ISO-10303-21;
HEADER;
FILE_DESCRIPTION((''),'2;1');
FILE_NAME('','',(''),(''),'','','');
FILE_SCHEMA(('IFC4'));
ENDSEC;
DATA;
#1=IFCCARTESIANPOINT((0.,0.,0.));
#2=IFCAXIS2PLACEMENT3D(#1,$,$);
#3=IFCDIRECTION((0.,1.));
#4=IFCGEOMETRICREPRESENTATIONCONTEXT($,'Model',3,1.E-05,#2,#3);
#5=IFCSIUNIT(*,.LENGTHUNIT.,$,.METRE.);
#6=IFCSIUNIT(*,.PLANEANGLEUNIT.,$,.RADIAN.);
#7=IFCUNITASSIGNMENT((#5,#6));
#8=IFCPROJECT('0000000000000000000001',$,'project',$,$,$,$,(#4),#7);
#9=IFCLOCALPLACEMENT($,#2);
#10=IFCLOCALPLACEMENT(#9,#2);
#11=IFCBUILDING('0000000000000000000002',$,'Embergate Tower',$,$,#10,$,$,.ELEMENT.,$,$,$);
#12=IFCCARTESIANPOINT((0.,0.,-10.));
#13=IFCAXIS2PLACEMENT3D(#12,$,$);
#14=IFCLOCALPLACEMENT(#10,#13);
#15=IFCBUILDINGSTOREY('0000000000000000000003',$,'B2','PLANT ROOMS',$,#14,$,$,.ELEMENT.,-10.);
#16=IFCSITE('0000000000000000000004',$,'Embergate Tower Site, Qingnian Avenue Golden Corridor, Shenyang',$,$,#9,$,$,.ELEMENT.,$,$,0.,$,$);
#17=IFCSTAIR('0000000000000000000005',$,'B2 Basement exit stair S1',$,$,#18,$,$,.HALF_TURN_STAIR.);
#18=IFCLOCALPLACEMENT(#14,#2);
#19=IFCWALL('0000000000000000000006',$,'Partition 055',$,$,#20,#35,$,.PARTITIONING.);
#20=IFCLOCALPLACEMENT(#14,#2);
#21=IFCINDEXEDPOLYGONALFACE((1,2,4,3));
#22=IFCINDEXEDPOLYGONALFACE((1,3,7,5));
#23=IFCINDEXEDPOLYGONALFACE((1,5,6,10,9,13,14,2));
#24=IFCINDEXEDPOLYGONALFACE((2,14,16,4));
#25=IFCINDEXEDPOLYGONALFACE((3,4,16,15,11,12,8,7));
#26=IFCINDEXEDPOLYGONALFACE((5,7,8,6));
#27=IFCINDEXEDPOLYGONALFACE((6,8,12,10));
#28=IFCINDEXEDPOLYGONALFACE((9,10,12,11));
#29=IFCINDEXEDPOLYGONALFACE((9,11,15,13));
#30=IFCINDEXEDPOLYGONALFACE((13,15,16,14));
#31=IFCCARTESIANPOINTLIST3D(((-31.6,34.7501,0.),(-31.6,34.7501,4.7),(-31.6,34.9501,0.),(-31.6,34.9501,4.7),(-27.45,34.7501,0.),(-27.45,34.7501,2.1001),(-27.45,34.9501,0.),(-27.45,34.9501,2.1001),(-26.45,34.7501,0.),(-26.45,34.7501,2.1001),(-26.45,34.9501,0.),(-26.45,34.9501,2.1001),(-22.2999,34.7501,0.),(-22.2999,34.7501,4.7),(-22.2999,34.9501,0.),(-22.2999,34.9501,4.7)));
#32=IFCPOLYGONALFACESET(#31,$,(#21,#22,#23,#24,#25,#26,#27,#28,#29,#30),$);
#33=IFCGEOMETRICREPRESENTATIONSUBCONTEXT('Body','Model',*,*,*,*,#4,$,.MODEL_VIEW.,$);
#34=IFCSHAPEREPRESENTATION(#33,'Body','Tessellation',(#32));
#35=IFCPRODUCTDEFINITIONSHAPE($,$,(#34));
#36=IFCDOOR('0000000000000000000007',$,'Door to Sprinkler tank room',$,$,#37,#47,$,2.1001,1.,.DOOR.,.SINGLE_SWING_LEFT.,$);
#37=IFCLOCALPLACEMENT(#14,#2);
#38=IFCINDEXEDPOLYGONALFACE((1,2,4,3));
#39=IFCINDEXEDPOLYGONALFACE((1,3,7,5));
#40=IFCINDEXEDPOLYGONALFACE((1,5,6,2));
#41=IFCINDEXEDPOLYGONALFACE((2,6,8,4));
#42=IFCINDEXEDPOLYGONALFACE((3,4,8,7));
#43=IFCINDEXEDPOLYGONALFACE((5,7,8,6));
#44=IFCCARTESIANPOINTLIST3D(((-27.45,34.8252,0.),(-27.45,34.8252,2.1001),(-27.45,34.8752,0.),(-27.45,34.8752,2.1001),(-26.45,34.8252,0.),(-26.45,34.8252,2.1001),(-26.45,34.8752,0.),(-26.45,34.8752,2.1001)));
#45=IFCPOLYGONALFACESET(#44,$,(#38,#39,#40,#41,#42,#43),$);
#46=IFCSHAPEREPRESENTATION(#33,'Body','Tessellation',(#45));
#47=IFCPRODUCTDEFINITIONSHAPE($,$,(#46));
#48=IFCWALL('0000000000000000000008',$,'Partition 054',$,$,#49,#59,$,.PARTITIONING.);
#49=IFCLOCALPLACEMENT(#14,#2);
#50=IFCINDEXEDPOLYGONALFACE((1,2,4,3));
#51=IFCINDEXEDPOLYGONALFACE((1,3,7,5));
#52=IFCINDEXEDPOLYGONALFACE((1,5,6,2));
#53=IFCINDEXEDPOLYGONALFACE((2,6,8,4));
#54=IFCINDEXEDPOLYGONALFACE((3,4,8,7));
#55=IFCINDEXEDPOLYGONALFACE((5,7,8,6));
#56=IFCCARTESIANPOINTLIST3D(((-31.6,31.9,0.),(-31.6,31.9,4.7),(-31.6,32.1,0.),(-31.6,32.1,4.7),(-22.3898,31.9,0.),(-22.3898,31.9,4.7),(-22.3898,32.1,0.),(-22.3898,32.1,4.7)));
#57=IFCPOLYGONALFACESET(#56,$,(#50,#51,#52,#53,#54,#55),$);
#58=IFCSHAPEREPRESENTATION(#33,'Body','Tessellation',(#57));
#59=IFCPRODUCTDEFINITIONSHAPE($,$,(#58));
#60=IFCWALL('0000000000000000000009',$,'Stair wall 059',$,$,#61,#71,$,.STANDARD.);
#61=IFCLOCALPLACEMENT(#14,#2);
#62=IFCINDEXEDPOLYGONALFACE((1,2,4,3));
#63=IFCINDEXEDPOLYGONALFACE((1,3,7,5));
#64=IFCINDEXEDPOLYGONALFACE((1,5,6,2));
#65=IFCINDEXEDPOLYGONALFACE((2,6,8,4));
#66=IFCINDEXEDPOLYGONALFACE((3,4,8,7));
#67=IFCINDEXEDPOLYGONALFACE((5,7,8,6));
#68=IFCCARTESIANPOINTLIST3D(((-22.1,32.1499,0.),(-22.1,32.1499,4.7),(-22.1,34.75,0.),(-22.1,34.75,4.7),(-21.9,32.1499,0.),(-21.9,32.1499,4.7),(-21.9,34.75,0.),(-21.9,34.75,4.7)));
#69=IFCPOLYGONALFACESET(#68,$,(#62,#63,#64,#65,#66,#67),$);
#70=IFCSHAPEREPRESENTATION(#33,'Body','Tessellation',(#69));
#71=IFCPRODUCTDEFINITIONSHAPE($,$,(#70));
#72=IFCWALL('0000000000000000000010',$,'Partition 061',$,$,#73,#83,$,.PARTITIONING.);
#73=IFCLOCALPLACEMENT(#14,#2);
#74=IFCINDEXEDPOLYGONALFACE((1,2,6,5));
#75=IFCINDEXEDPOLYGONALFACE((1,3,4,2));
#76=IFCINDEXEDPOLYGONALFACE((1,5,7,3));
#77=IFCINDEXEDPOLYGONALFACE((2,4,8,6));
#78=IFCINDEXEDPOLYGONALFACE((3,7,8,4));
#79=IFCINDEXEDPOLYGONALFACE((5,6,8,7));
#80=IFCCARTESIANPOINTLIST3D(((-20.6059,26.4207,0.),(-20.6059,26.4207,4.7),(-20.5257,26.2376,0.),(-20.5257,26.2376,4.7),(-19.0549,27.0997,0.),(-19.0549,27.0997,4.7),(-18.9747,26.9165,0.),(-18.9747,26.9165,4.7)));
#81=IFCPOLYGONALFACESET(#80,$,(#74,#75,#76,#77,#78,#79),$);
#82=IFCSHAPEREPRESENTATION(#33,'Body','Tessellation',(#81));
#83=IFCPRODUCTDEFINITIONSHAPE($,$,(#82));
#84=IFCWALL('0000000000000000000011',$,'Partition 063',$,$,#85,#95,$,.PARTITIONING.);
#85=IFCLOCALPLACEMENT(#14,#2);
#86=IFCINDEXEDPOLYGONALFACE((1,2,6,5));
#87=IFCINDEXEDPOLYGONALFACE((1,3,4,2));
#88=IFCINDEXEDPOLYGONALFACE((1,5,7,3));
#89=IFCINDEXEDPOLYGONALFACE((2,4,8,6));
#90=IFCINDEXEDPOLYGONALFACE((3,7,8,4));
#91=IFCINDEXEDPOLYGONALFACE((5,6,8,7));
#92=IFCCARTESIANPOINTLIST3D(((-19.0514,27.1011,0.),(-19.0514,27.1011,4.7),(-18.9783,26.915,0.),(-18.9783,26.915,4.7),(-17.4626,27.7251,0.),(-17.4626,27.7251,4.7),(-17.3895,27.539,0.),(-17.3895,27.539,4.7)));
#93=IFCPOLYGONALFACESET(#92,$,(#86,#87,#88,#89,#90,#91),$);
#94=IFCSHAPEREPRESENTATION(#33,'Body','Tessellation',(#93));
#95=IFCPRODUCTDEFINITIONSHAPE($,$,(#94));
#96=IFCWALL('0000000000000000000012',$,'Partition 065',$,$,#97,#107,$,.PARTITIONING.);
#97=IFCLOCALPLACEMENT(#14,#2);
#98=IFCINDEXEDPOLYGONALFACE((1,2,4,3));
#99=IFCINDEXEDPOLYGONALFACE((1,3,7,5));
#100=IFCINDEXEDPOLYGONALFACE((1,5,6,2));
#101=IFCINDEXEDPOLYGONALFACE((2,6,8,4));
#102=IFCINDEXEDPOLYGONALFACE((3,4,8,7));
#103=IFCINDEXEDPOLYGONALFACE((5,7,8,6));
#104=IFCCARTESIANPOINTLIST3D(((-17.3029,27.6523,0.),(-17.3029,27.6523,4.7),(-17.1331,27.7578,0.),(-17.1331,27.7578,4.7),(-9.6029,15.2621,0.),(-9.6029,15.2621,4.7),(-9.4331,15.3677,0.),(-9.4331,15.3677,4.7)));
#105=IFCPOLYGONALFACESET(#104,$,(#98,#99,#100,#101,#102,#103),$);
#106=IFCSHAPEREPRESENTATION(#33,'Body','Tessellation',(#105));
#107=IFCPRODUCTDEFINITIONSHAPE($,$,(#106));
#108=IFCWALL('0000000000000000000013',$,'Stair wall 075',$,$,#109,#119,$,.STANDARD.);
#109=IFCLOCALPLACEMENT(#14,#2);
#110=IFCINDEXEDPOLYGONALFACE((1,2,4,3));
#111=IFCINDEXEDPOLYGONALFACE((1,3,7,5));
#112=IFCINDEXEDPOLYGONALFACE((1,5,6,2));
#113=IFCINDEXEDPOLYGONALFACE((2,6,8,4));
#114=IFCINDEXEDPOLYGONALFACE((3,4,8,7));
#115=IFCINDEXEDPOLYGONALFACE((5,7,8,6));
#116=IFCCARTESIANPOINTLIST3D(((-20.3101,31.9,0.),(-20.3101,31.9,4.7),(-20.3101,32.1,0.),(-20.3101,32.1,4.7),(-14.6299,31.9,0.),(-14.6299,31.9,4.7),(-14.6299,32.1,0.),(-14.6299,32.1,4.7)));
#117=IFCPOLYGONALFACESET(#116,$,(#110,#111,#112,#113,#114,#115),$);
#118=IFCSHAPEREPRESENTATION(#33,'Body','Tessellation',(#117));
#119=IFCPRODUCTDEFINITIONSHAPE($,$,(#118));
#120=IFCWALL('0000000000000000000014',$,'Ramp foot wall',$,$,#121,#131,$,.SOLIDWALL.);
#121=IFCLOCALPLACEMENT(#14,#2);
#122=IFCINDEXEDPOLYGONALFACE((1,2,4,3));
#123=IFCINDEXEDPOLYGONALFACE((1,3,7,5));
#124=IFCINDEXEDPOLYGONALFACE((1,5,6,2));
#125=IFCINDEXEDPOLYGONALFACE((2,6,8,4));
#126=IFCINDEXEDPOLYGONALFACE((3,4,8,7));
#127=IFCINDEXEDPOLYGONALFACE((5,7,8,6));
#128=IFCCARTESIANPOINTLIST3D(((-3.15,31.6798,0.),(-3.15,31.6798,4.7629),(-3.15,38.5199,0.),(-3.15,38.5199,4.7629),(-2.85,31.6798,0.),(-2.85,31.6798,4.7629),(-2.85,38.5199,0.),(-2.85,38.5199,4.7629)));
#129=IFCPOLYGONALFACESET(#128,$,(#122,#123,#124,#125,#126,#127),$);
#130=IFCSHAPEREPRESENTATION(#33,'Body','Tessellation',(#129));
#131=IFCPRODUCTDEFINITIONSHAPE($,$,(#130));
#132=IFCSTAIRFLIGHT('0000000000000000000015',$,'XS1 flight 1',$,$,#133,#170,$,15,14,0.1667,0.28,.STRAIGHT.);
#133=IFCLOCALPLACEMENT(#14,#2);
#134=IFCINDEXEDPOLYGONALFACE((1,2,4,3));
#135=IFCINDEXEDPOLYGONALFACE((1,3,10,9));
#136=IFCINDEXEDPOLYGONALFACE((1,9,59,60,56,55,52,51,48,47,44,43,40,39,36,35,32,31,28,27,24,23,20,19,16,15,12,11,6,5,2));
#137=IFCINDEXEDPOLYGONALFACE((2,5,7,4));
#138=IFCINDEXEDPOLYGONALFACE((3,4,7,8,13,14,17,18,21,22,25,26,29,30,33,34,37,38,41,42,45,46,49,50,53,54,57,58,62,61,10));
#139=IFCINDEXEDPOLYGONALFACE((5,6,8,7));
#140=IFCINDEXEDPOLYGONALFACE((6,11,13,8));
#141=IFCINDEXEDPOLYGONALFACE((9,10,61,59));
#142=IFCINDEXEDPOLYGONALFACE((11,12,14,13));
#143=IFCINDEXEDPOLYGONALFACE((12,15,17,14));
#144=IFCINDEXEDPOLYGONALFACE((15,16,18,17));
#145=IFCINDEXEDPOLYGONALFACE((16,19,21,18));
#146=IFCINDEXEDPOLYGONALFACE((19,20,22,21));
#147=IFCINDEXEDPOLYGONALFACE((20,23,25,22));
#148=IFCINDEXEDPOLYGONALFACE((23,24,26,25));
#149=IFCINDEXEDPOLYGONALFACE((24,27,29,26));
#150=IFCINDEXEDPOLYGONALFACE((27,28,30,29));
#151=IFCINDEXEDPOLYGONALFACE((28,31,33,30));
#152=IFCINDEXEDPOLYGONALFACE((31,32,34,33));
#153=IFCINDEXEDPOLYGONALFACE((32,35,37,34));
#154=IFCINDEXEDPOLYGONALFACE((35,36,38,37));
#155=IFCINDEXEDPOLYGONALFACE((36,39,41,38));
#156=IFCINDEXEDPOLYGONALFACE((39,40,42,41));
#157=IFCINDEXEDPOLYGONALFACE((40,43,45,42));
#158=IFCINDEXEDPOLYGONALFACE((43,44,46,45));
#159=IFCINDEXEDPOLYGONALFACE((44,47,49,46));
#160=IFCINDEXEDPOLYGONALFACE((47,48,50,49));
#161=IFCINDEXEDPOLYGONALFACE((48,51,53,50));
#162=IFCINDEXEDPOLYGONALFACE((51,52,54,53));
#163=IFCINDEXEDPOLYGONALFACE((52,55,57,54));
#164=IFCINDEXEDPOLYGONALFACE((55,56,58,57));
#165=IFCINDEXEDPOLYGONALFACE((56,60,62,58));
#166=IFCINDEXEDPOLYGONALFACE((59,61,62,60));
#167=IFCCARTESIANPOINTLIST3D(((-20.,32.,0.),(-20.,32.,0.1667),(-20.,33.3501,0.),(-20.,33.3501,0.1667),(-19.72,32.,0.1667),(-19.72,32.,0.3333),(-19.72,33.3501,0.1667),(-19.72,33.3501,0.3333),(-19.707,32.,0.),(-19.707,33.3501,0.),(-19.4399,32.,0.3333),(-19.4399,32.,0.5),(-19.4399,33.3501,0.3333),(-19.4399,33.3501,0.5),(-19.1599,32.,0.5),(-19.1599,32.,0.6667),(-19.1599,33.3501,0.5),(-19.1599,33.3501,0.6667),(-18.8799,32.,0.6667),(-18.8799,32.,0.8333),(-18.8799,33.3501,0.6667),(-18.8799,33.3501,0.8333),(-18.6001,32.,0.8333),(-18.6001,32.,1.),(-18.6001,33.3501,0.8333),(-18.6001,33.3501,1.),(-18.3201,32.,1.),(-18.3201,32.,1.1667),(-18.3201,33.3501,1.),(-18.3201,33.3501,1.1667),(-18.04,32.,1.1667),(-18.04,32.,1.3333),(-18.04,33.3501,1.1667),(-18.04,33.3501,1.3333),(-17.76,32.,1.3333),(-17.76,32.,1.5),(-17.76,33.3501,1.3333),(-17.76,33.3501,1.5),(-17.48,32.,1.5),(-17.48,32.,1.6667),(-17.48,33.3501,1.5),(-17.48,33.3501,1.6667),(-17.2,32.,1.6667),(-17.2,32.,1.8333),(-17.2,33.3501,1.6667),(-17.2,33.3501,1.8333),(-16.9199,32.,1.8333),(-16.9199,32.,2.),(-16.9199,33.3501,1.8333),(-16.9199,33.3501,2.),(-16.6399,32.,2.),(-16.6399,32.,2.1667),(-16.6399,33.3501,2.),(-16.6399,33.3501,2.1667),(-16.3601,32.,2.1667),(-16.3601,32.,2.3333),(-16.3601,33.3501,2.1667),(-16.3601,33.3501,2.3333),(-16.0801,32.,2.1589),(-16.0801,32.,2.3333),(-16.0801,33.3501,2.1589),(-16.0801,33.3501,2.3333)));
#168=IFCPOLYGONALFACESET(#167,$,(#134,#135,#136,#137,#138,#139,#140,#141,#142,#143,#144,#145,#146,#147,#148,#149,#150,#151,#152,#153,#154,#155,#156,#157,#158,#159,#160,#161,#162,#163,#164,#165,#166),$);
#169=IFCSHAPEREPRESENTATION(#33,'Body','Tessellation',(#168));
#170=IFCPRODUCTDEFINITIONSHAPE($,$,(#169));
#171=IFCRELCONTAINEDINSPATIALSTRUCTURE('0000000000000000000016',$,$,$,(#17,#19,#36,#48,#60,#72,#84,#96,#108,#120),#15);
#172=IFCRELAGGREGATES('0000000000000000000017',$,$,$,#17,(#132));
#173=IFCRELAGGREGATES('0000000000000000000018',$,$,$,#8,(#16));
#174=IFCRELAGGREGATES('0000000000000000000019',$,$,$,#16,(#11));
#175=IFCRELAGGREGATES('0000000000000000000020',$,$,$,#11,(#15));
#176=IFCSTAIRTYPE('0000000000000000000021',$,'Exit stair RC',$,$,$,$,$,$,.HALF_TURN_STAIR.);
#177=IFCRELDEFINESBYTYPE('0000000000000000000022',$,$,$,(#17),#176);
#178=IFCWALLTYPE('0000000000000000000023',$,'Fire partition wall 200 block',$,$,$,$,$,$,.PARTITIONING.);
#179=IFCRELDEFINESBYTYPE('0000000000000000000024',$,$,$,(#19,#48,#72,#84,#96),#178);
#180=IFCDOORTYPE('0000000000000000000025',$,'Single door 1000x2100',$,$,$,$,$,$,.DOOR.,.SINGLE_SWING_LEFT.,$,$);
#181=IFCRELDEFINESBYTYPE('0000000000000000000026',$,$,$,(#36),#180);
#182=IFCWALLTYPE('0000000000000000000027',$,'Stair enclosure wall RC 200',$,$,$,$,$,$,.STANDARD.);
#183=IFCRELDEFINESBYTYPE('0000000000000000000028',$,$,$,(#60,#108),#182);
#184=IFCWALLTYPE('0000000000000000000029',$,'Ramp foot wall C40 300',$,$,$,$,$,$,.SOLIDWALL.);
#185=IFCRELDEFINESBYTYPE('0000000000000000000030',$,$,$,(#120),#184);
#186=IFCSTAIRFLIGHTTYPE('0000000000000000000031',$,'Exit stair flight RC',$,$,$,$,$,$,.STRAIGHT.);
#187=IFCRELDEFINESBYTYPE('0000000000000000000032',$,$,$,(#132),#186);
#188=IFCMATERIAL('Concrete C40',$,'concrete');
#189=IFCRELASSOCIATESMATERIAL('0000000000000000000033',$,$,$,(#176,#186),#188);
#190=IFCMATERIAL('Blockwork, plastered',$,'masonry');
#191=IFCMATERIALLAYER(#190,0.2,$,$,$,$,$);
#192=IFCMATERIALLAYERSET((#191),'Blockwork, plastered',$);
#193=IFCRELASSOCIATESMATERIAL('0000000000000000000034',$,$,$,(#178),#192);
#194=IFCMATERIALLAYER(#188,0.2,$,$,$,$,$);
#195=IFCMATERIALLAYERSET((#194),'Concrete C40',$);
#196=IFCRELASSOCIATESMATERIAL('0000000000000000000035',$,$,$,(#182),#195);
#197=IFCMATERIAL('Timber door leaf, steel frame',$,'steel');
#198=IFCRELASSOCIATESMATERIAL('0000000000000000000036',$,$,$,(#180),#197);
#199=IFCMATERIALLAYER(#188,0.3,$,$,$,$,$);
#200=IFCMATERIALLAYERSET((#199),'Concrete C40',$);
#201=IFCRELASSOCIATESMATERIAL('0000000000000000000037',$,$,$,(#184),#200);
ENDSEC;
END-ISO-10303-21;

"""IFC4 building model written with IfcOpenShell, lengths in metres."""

from ifc_helpers import new_model, si_unit, direction, frame, frame_2d, origin, place, context, subcontext, project, spatial, polyline, rectangle, outline, extrude, source, transform, mapped, material, layer, layer_set, type_object, element, fill, aggregate, save


model = new_model("IFC4")

# Units and contexts
model_context = context("Model", 3, precision=1e-05, world=origin(), true_north=direction((0.0, 1.0)))
body_context = subcontext(model_context, "Body", "Model", "MODEL_VIEW")
ifc_project = project(units=[si_unit("LENGTHUNIT", "METRE"), si_unit("PLANEANGLEUNIT", "RADIAN")], contexts=[model_context])

# Site, building, storey
site_placement = place(None, origin())
site = spatial("IfcSite", under=ifc_project, at=site_placement, Name="Embergate Tower Site, Qingnian Avenue Golden Corridor, Shenyang", CompositionType="ELEMENT", RefElevation=0.0)
building_placement = place(site_placement, origin())
building = spatial("IfcBuilding", under=site, at=building_placement, Name="Embergate Tower", CompositionType="ELEMENT")
storey_placement = place(building_placement, frame((0.0, 0.0, -10.0)))
storey = spatial("IfcBuildingStorey", under=building, at=storey_placement, Name="B2", Description="PLANT ROOMS", CompositionType="ELEMENT", Elevation=-10.0)

# Shared definitions
ifc_material_1 = material(Name="Concrete C40", Category="concrete")

# Stair
stair_type = type_object("IfcStairType", Name="Exit stair RC", PredefinedType="HALF_TURN_STAIR", material=ifc_material_1)
stair_placement = place(storey_placement, origin())
stair = element("IfcStair", 1, at=stair_placement, inside=storey, type_object=stair_type, Name="B2 Basement exit stair S1", PredefinedType="HALF_TURN_STAIR")

# Shared definitions
ifc_material_2 = material(Name="Blockwork, plastered", Category="masonry")
ifc_layer_1 = layer(ifc_material_2, 0.2)
ifc_layer_set_1 = layer_set([ifc_layer_1], Name="Blockwork, plastered")
wall_type_1 = type_object("IfcWallType", Name="Fire partition wall 200 block", PredefinedType="PARTITIONING", material=ifc_layer_set_1)
ifc_layer_2 = layer(ifc_material_1, 0.2)
ifc_layer_set_2 = layer_set([ifc_layer_2], Name="Concrete C40")
wall_type_2 = type_object("IfcWallType", Name="Stair enclosure wall RC 200", PredefinedType="STANDARD", material=ifc_layer_set_2)

# Wall, opening, door
shared_shape_1 = source(origin(), body_context, "Body", "SweptSolid", [
    extrude(rectangle(XDim=9.3, YDim=0.2, at=frame_2d((4.6499, 0.0))), origin(), (0.0, 0.0, 1.0), 4.7),
])
wall_1_placement = place(storey_placement, frame((-22.3, 34.8501, 0.0), z_axis=(0.0, 0.0, 1.0), x_axis=(-1.0, 0.0, 0.0)))
wall_1 = element("IfcWall", 2, at=wall_1_placement, inside=storey, type_object=wall_type_1, Name="Partition 055", PredefinedType="PARTITIONING", context=body_context, shape_type="MappedRepresentation", body=[
    mapped(shared_shape_1, transform((0.0, 0.0, 0.0))),
])
shared_shape_2 = source(origin(), body_context, "Body", "SweptSolid", [
    extrude(rectangle(XDim=1.0, YDim=2.1001, at=frame_2d((0.5, 1.05))), frame((0.0, 0.1099, 0.0), z_axis=(0.0, -1.0, 0.0), x_axis=(1.0, 0.0, 0.0)), (0.0, 0.0, 1.0), 0.22),
])
opening_1_placement = place(wall_1_placement, frame((4.1499, 0.0, 0.0)))
opening_1 = element("IfcOpeningElement", 3, at=opening_1_placement, cuts=wall_1, PredefinedType="OPENING", context=body_context, shape_type="MappedRepresentation", body=[
    mapped(shared_shape_2, transform((0.0, 0.0, 0.0))),
])
ifc_material_3 = material(Name="Timber door leaf, steel frame", Category="steel")
door_type_1 = type_object("IfcDoorType", Name="Single door 1000x2100", OperationType="SINGLE_SWING_LEFT", PredefinedType="DOOR", material=ifc_material_3)
shared_shape_3 = source(origin(), body_context, "Body", "SweptSolid", [
    extrude(rectangle(XDim=1.0, YDim=2.1001, at=frame_2d((0.5, 1.05))), frame((0.0, 0.0249, 0.0), z_axis=(0.0, -1.0, 0.0), x_axis=(1.0, 0.0, 0.0)), (0.0, 0.0, 1.0), 0.05),
])
door_1_placement = place(opening_1_placement, origin())
door_1 = element("IfcDoor", 4, at=door_1_placement, inside=storey, type_object=door_type_1, Name="Door to Sprinkler tank room", OperationType="SINGLE_SWING_LEFT", OverallHeight=2.1001, OverallWidth=1.0, PredefinedType="DOOR", context=body_context, shape_type="MappedRepresentation", body=[
    mapped(shared_shape_3, transform((0.0, 0.0, 0.0))),
])
fill(opening_1, door_1)

# Walls
shared_shape_4 = source(origin(), body_context, "Body", "SweptSolid", [
    extrude(rectangle(XDim=9.2102, YDim=0.2, at=frame_2d((4.605, 0.0))), origin(), (0.0, 0.0, 1.0), 4.7),
])
wall_2_placement = place(storey_placement, frame((-22.3899, 32.0, 0.0), z_axis=(0.0, 0.0, 1.0), x_axis=(-1.0, 0.0, 0.0)))
element("IfcWall", 5, at=wall_2_placement, inside=storey, type_object=wall_type_1, Name="Partition 054", PredefinedType="PARTITIONING", context=body_context, shape_type="MappedRepresentation", body=[
    mapped(shared_shape_4, transform((0.0, 0.0, 0.0))),
])
shared_shape_5 = source(origin(), body_context, "Body", "SweptSolid", [
    extrude(rectangle(XDim=2.6001, YDim=0.2, at=frame_2d((1.3, 0.0))), origin(), (0.0, 0.0, 1.0), 4.7),
])
wall_3_placement = place(storey_placement, frame((-22.0, 32.1499, 0.0), z_axis=(0.0, 0.0, 1.0), x_axis=(0.0, 1.0, 0.0)))
element("IfcWall", 6, at=wall_3_placement, inside=storey, type_object=wall_type_2, Name="Stair wall 059", PredefinedType="STANDARD", context=body_context, shape_type="MappedRepresentation", body=[
    mapped(shared_shape_5, transform((0.0, 0.0, 0.0))),
])
shared_shape_6 = source(origin(), body_context, "Body", "SweptSolid", [
    extrude(rectangle(XDim=1.6931, YDim=0.2, at=frame_2d((0.8467, 0.0))), origin(), (0.0, 0.0, 1.0), 4.7),
])
wall_4_placement = place(storey_placement, frame((-20.5659, 26.3291, 0.0), z_axis=(0.0, 0.0, 1.0), x_axis=(0.916075, 0.401008, 0.0)))
element("IfcWall", 7, at=wall_4_placement, inside=storey, type_object=wall_type_1, Name="Partition 061", PredefinedType="PARTITIONING", context=body_context, shape_type="MappedRepresentation", body=[
    mapped(shared_shape_6, transform((0.0, 0.0, 0.0))),
])
shared_shape_7 = source(origin(), body_context, "Body", "SweptSolid", [
    extrude(rectangle(XDim=1.707, YDim=0.2, at=frame_2d((0.8535, 0.0))), origin(), (0.0, 0.0, 1.0), 4.7),
])
wall_5_placement = place(storey_placement, frame((-19.0149, 27.0081, 0.0), z_axis=(0.0, 0.0, 1.0), x_axis=(0.930786, 0.365564, 0.0)))
element("IfcWall", 8, at=wall_5_placement, inside=storey, type_object=wall_type_1, Name="Partition 063", PredefinedType="PARTITIONING", context=body_context, shape_type="MappedRepresentation", body=[
    mapped(shared_shape_7, transform((0.0, 0.0, 0.0))),
])
shared_shape_8 = source(origin(), body_context, "Body", "SweptSolid", [
    extrude(rectangle(XDim=14.5879, YDim=0.2, at=frame_2d((7.2939, 0.0))), origin(), (0.0, 0.0, 1.0), 4.7),
])
wall_6_placement = place(storey_placement, frame((-17.218, 27.7051, 0.0), z_axis=(0.0, 0.0, 1.0), x_axis=(0.527834, -0.849348, 0.0)))
element("IfcWall", 9, at=wall_6_placement, inside=storey, type_object=wall_type_1, Name="Partition 065", PredefinedType="PARTITIONING", context=body_context, shape_type="MappedRepresentation", body=[
    mapped(shared_shape_8, transform((0.0, 0.0, 0.0))),
])
shared_shape_9 = source(origin(), body_context, "Body", "SweptSolid", [
    extrude(rectangle(XDim=5.6802, YDim=0.2, at=frame_2d((2.8401, 0.0))), origin(), (0.0, 0.0, 1.0), 4.7),
])
wall_7_placement = place(storey_placement, frame((-14.6299, 32.0, 0.0), z_axis=(0.0, 0.0, 1.0), x_axis=(-1.0, 0.0, 0.0)))
element("IfcWall", 10, at=wall_7_placement, inside=storey, type_object=wall_type_2, Name="Stair wall 075", PredefinedType="STANDARD", context=body_context, shape_type="MappedRepresentation", body=[
    mapped(shared_shape_9, transform((0.0, 0.0, 0.0))),
])
ifc_layer_3 = layer(ifc_material_1, 0.3)
ifc_layer_set_3 = layer_set([ifc_layer_3], Name="Concrete C40")
wall_type_3 = type_object("IfcWallType", Name="Ramp foot wall C40 300", PredefinedType="SOLIDWALL", material=ifc_layer_set_3)
shared_shape_10 = source(origin(), body_context, "Body", "SweptSolid", [
    extrude(rectangle(XDim=6.8401, YDim=0.3, at=frame_2d((3.4199, 0.0))), origin(), (0.0, 0.0, 1.0), 4.7629),
])
wall_8_placement = place(storey_placement, frame((-3.0, 31.6799, 0.0), z_axis=(0.0, 0.0, 1.0), x_axis=(0.0, 1.0, 0.0)))
element("IfcWall", 11, at=wall_8_placement, inside=storey, type_object=wall_type_3, Name="Ramp foot wall", PredefinedType="SOLIDWALL", context=body_context, shape_type="MappedRepresentation", body=[
    mapped(shared_shape_10, transform((0.0, 0.0, 0.0))),
])

# Stair flight
stair_flight_type = type_object("IfcStairFlightType", Name="Exit stair flight RC", PredefinedType="STRAIGHT", material=ifc_material_1)
shared_shape_11 = source(origin(), body_context, "Body", "SweptSolid", [
    extrude(outline(polyline([(0.0, 0.0), (0.0, 0.1667), (0.28, 0.1667), (0.28, 0.3333), (0.5601, 0.3333), (0.5601, 0.5), (0.8401, 0.5), (0.8401, 0.6667), (1.1201, 0.6667), (1.1201, 0.8333), (1.3999, 0.8333), (1.3999, 1.0), (1.6799, 1.0), (1.6799, 1.1667), (1.96, 1.1667), (1.96, 1.3333), (2.24, 1.3333), (2.24, 1.5), (2.52, 1.5), (2.52, 1.6667), (2.8, 1.6667), (2.8, 1.8333), (3.0801, 1.8333), (3.0801, 2.0), (3.3601, 2.0), (3.3601, 2.1667), (3.6399, 2.1667), (3.6399, 2.3333), (3.9199, 2.3333), (3.9199, 2.5), (3.9199, 2.1589), (0.293, 0.0), (0.0, 0.0)])), frame((0.0, 0.675, 0.0), z_axis=(0.0, -1.0, 0.0), x_axis=(1.0, 0.0, 0.0)), (0.0, 0.0, 1.0), 1.3501),
])
stair_flight_1_placement = place(storey_placement, frame((-20.0, 32.675, 0.0), z_axis=(0.0, 0.0, 1.0), x_axis=(1.0, 0.0, 0.0)))
stair_flight_1 = element("IfcStairFlight", 12, at=stair_flight_1_placement, type_object=stair_flight_type, Name="XS1 flight 1", NumberOfRisers=15, NumberOfTreads=14, PredefinedType="STRAIGHT", RiserHeight=0.1667, TreadLength=0.28, context=body_context, shape_type="MappedRepresentation", body=[
    mapped(shared_shape_11, transform((0.0, 0.0, 0.0))),
])
aggregate(stair, [stair_flight_1])

save(model, "model.ifc")
